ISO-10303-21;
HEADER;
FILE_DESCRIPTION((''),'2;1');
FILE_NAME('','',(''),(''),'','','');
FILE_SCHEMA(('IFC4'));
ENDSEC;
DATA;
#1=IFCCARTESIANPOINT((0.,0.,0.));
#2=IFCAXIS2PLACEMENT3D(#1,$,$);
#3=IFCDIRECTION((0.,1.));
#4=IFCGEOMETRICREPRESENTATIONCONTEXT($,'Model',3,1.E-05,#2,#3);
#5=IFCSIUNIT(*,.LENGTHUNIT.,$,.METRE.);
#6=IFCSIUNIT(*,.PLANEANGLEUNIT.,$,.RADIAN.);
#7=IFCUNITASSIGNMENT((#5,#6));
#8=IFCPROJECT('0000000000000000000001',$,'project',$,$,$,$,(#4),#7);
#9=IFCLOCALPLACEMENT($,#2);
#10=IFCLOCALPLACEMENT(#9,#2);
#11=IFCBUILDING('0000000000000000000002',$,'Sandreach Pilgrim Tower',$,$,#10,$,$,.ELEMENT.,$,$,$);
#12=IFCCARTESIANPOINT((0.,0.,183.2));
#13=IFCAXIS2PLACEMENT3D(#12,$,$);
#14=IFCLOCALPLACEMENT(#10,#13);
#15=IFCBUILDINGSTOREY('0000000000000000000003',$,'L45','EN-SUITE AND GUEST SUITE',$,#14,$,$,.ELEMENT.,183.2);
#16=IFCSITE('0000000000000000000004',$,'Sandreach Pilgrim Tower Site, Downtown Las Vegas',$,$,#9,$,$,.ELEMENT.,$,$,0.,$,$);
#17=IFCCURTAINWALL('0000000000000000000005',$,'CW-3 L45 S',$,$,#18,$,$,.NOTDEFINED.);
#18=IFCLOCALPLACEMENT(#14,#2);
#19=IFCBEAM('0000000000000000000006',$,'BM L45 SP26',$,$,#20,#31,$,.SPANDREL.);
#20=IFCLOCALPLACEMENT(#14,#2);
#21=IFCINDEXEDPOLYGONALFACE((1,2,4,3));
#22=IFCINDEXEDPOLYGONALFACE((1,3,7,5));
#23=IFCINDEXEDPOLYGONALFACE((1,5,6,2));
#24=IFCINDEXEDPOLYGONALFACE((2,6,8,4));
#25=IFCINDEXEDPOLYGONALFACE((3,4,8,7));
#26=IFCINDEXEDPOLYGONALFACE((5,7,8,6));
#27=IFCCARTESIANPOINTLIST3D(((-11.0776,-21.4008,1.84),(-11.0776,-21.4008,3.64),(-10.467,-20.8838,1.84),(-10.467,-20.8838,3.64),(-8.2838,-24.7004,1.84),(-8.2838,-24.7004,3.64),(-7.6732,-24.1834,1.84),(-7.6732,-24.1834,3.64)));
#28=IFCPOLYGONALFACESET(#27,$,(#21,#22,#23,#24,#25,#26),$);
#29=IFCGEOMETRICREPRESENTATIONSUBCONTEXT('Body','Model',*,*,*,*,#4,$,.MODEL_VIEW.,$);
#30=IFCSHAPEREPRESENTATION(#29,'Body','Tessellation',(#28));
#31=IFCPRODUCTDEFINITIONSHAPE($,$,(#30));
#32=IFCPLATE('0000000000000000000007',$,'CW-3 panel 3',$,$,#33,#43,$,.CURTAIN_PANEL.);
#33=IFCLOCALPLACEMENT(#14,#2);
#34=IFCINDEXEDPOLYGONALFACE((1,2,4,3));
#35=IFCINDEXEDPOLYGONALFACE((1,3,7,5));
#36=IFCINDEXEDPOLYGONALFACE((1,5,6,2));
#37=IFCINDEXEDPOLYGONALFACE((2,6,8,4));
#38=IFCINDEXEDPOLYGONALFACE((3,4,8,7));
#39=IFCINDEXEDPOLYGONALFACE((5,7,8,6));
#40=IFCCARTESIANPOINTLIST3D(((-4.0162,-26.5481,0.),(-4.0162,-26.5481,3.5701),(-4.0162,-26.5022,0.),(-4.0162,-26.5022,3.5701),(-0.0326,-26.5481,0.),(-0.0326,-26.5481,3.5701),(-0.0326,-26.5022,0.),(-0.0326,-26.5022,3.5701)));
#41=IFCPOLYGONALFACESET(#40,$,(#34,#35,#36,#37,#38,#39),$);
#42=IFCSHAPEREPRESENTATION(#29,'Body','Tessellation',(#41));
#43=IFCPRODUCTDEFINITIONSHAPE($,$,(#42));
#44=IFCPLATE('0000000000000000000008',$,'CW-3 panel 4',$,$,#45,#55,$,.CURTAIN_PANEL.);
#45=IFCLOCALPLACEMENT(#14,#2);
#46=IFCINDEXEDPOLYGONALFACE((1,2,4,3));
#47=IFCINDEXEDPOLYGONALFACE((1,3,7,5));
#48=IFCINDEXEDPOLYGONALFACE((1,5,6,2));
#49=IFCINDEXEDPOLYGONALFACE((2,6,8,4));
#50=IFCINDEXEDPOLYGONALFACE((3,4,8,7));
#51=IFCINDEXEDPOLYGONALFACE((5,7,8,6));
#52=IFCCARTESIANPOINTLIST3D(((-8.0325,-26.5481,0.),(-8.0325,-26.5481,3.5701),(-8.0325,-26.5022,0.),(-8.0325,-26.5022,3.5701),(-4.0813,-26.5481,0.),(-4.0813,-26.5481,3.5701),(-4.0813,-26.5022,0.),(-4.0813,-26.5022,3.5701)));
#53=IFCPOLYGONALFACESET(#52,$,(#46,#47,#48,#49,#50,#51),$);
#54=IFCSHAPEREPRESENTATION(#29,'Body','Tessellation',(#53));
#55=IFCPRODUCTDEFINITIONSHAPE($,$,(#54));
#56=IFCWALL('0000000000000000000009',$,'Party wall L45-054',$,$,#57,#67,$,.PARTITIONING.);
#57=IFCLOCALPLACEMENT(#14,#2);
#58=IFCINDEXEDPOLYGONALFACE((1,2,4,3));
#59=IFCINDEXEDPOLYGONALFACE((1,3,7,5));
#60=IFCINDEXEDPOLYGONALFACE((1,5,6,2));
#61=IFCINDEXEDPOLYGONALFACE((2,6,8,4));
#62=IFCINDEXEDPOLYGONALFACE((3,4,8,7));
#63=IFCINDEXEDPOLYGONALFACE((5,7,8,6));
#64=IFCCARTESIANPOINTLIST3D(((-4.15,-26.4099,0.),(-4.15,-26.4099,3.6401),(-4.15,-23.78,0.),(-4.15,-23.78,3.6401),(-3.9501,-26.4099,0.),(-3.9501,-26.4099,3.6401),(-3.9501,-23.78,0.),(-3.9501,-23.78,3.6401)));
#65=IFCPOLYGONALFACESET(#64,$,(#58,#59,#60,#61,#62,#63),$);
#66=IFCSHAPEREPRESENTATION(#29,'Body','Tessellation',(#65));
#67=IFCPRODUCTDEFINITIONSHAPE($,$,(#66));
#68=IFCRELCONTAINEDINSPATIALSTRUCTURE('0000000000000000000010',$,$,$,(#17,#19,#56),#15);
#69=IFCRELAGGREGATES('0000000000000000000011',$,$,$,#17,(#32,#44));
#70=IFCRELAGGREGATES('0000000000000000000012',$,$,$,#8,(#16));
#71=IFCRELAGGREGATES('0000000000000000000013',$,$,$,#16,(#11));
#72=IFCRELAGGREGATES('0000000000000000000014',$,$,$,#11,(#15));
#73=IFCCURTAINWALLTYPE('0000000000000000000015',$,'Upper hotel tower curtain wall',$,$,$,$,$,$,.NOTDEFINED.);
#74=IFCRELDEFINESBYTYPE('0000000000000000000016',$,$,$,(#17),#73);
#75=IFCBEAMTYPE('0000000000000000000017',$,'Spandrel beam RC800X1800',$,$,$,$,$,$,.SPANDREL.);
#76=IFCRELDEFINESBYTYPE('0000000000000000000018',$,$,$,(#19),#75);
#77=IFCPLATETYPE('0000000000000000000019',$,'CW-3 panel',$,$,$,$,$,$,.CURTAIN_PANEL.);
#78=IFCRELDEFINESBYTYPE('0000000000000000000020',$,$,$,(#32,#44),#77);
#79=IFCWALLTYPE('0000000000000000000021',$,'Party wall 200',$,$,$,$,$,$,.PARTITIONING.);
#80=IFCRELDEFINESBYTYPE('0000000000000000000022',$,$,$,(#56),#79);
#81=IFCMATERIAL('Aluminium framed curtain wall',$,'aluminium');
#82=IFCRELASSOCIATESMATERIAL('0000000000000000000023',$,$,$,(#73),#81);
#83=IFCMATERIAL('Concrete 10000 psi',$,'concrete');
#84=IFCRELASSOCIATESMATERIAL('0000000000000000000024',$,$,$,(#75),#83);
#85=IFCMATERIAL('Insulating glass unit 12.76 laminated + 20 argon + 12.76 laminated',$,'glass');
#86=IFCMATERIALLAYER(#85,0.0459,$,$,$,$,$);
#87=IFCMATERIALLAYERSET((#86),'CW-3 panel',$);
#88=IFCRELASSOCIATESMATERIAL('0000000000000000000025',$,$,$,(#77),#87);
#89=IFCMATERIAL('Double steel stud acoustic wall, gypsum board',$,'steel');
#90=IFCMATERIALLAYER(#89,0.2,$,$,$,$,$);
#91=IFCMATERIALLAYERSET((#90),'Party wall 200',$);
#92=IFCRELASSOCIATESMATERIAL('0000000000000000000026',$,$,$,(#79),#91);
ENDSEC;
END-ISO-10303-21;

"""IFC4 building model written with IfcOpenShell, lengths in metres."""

from ifc_helpers import new_model, si_unit, direction, frame, frame_2d, origin, origin_2d, place, context, subcontext, project, spatial, rectangle, extrude, material, layer, layer_set, material_profile, profile_set, type_object, element, aggregate, save


model = new_model("IFC4")

# Units and contexts
model_context = context("Model", 3, precision=1e-05, world=origin(), true_north=direction((0.0, 1.0)))
body_context = subcontext(model_context, "Body", "Model", "MODEL_VIEW")
ifc_project = project(units=[si_unit("LENGTHUNIT", "METRE"), si_unit("PLANEANGLEUNIT", "RADIAN")], contexts=[model_context])

# Site, building, storey
site_placement = place(None, origin())
site = spatial("IfcSite", under=ifc_project, at=site_placement, Name="Sandreach Pilgrim Tower Site, Downtown Las Vegas", CompositionType="ELEMENT", RefElevation=0.0)
building_placement = place(site_placement, origin())
building = spatial("IfcBuilding", under=site, at=building_placement, Name="Sandreach Pilgrim Tower", CompositionType="ELEMENT")
storey_placement = place(building_placement, frame((0.0, 0.0, 183.2)))
storey = spatial("IfcBuildingStorey", under=building, at=storey_placement, Name="L45", Description="EN-SUITE AND GUEST SUITE", CompositionType="ELEMENT", Elevation=183.2)

# Curtain wall
ifc_material_1 = material(Name="Aluminium framed curtain wall", Category="aluminium")
curtain_wall_type = type_object("IfcCurtainWallType", Name="Upper hotel tower curtain wall", PredefinedType="NOTDEFINED", material=ifc_material_1)
curtain_wall_placement = place(storey_placement, origin())
curtain_wall = element("IfcCurtainWall", 1, at=curtain_wall_placement, inside=storey, type_object=curtain_wall_type, Name="CW-3 L45 S", PredefinedType="NOTDEFINED")

# Beam
ifc_material_2 = material(Name="Concrete 10000 psi", Category="concrete")
ifc_material_profile_1 = material_profile(ifc_material_2, rectangle(XDim=0.8, YDim=1.8, at=origin_2d()), Name="RC800X1800")
ifc_profile_set_1 = profile_set([ifc_material_profile_1], Name="Concrete 10000 psi")
beam_type_1 = type_object("IfcBeamType", Name="Spandrel beam RC800X1800", PredefinedType="SPANDREL", material=ifc_profile_set_1)
beam_1_placement = place(storey_placement, frame((-7.9785, -24.4419, 2.74), z_axis=(-0.64618, 0.763185, 0.0), x_axis=(-0.763185, -0.64618, 0.0)))
element("IfcBeam", 2, at=beam_1_placement, inside=storey, type_object=beam_type_1, Name="BM L45 SP26", PredefinedType="SPANDREL", context=body_context, shape_type="SweptSolid", body=[
    extrude(rectangle(XDim=0.8, YDim=1.8, at=origin_2d()), origin(), (0.0, 0.0, 1.0), 4.3235),
])

# Plates
ifc_material_3 = material(Name="Insulating glass unit 12.76 laminated + 20 argon + 12.76 laminated", Category="glass")
ifc_layer_1 = layer(ifc_material_3, 0.0459)
ifc_layer_set_1 = layer_set([ifc_layer_1], Name="CW-3 panel")
plate_type = type_object("IfcPlateType", Name="CW-3 panel", PredefinedType="CURTAIN_PANEL", material=ifc_layer_set_1)
plate_1_placement = place(storey_placement, frame((-2.0244, -26.5251, 0.0), z_axis=(0.0, 0.0, 1.0), x_axis=(-1.0, 0.0, 0.0)))
plate_1 = element("IfcPlate", 3, at=plate_1_placement, type_object=plate_type, Name="CW-3 panel 3", PredefinedType="CURTAIN_PANEL", context=body_context, shape_type="SweptSolid", body=[
    extrude(rectangle(XDim=3.9836, YDim=0.0459, at=origin_2d()), origin(), (0.0, 0.0, 1.0), 3.5701),
])
plate_2_placement = place(storey_placement, frame((-6.0569, -26.5251, 0.0), z_axis=(0.0, 0.0, 1.0), x_axis=(-1.0, 0.0, 0.0)))
plate_2 = element("IfcPlate", 4, at=plate_2_placement, type_object=plate_type, Name="CW-3 panel 4", PredefinedType="CURTAIN_PANEL", context=body_context, shape_type="SweptSolid", body=[
    extrude(rectangle(XDim=3.9512, YDim=0.0459, at=origin_2d()), origin(), (0.0, 0.0, 1.0), 3.5701),
])
aggregate(curtain_wall, [plate_1, plate_2])

# Wall
ifc_material_4 = material(Name="Double steel stud acoustic wall, gypsum board", Category="steel")
ifc_layer_2 = layer(ifc_material_4, 0.2)
ifc_layer_set_2 = layer_set([ifc_layer_2], Name="Party wall 200")
wall_type = type_object("IfcWallType", Name="Party wall 200", PredefinedType="PARTITIONING", material=ifc_layer_set_2)
wall_placement = place(storey_placement, frame((-4.05, -26.4099, 0.0), z_axis=(0.0, 0.0, 1.0), x_axis=(0.0, 1.0, 0.0)))
element("IfcWall", 5, at=wall_placement, inside=storey, type_object=wall_type, Name="Party wall L45-054", PredefinedType="PARTITIONING", context=body_context, shape_type="SweptSolid", body=[
    extrude(rectangle(XDim=2.6299, YDim=0.2, at=frame_2d((1.3149, 0.0))), origin(), (0.0, 0.0, 1.0), 3.6401),
])

save(model, "model.ifc")
